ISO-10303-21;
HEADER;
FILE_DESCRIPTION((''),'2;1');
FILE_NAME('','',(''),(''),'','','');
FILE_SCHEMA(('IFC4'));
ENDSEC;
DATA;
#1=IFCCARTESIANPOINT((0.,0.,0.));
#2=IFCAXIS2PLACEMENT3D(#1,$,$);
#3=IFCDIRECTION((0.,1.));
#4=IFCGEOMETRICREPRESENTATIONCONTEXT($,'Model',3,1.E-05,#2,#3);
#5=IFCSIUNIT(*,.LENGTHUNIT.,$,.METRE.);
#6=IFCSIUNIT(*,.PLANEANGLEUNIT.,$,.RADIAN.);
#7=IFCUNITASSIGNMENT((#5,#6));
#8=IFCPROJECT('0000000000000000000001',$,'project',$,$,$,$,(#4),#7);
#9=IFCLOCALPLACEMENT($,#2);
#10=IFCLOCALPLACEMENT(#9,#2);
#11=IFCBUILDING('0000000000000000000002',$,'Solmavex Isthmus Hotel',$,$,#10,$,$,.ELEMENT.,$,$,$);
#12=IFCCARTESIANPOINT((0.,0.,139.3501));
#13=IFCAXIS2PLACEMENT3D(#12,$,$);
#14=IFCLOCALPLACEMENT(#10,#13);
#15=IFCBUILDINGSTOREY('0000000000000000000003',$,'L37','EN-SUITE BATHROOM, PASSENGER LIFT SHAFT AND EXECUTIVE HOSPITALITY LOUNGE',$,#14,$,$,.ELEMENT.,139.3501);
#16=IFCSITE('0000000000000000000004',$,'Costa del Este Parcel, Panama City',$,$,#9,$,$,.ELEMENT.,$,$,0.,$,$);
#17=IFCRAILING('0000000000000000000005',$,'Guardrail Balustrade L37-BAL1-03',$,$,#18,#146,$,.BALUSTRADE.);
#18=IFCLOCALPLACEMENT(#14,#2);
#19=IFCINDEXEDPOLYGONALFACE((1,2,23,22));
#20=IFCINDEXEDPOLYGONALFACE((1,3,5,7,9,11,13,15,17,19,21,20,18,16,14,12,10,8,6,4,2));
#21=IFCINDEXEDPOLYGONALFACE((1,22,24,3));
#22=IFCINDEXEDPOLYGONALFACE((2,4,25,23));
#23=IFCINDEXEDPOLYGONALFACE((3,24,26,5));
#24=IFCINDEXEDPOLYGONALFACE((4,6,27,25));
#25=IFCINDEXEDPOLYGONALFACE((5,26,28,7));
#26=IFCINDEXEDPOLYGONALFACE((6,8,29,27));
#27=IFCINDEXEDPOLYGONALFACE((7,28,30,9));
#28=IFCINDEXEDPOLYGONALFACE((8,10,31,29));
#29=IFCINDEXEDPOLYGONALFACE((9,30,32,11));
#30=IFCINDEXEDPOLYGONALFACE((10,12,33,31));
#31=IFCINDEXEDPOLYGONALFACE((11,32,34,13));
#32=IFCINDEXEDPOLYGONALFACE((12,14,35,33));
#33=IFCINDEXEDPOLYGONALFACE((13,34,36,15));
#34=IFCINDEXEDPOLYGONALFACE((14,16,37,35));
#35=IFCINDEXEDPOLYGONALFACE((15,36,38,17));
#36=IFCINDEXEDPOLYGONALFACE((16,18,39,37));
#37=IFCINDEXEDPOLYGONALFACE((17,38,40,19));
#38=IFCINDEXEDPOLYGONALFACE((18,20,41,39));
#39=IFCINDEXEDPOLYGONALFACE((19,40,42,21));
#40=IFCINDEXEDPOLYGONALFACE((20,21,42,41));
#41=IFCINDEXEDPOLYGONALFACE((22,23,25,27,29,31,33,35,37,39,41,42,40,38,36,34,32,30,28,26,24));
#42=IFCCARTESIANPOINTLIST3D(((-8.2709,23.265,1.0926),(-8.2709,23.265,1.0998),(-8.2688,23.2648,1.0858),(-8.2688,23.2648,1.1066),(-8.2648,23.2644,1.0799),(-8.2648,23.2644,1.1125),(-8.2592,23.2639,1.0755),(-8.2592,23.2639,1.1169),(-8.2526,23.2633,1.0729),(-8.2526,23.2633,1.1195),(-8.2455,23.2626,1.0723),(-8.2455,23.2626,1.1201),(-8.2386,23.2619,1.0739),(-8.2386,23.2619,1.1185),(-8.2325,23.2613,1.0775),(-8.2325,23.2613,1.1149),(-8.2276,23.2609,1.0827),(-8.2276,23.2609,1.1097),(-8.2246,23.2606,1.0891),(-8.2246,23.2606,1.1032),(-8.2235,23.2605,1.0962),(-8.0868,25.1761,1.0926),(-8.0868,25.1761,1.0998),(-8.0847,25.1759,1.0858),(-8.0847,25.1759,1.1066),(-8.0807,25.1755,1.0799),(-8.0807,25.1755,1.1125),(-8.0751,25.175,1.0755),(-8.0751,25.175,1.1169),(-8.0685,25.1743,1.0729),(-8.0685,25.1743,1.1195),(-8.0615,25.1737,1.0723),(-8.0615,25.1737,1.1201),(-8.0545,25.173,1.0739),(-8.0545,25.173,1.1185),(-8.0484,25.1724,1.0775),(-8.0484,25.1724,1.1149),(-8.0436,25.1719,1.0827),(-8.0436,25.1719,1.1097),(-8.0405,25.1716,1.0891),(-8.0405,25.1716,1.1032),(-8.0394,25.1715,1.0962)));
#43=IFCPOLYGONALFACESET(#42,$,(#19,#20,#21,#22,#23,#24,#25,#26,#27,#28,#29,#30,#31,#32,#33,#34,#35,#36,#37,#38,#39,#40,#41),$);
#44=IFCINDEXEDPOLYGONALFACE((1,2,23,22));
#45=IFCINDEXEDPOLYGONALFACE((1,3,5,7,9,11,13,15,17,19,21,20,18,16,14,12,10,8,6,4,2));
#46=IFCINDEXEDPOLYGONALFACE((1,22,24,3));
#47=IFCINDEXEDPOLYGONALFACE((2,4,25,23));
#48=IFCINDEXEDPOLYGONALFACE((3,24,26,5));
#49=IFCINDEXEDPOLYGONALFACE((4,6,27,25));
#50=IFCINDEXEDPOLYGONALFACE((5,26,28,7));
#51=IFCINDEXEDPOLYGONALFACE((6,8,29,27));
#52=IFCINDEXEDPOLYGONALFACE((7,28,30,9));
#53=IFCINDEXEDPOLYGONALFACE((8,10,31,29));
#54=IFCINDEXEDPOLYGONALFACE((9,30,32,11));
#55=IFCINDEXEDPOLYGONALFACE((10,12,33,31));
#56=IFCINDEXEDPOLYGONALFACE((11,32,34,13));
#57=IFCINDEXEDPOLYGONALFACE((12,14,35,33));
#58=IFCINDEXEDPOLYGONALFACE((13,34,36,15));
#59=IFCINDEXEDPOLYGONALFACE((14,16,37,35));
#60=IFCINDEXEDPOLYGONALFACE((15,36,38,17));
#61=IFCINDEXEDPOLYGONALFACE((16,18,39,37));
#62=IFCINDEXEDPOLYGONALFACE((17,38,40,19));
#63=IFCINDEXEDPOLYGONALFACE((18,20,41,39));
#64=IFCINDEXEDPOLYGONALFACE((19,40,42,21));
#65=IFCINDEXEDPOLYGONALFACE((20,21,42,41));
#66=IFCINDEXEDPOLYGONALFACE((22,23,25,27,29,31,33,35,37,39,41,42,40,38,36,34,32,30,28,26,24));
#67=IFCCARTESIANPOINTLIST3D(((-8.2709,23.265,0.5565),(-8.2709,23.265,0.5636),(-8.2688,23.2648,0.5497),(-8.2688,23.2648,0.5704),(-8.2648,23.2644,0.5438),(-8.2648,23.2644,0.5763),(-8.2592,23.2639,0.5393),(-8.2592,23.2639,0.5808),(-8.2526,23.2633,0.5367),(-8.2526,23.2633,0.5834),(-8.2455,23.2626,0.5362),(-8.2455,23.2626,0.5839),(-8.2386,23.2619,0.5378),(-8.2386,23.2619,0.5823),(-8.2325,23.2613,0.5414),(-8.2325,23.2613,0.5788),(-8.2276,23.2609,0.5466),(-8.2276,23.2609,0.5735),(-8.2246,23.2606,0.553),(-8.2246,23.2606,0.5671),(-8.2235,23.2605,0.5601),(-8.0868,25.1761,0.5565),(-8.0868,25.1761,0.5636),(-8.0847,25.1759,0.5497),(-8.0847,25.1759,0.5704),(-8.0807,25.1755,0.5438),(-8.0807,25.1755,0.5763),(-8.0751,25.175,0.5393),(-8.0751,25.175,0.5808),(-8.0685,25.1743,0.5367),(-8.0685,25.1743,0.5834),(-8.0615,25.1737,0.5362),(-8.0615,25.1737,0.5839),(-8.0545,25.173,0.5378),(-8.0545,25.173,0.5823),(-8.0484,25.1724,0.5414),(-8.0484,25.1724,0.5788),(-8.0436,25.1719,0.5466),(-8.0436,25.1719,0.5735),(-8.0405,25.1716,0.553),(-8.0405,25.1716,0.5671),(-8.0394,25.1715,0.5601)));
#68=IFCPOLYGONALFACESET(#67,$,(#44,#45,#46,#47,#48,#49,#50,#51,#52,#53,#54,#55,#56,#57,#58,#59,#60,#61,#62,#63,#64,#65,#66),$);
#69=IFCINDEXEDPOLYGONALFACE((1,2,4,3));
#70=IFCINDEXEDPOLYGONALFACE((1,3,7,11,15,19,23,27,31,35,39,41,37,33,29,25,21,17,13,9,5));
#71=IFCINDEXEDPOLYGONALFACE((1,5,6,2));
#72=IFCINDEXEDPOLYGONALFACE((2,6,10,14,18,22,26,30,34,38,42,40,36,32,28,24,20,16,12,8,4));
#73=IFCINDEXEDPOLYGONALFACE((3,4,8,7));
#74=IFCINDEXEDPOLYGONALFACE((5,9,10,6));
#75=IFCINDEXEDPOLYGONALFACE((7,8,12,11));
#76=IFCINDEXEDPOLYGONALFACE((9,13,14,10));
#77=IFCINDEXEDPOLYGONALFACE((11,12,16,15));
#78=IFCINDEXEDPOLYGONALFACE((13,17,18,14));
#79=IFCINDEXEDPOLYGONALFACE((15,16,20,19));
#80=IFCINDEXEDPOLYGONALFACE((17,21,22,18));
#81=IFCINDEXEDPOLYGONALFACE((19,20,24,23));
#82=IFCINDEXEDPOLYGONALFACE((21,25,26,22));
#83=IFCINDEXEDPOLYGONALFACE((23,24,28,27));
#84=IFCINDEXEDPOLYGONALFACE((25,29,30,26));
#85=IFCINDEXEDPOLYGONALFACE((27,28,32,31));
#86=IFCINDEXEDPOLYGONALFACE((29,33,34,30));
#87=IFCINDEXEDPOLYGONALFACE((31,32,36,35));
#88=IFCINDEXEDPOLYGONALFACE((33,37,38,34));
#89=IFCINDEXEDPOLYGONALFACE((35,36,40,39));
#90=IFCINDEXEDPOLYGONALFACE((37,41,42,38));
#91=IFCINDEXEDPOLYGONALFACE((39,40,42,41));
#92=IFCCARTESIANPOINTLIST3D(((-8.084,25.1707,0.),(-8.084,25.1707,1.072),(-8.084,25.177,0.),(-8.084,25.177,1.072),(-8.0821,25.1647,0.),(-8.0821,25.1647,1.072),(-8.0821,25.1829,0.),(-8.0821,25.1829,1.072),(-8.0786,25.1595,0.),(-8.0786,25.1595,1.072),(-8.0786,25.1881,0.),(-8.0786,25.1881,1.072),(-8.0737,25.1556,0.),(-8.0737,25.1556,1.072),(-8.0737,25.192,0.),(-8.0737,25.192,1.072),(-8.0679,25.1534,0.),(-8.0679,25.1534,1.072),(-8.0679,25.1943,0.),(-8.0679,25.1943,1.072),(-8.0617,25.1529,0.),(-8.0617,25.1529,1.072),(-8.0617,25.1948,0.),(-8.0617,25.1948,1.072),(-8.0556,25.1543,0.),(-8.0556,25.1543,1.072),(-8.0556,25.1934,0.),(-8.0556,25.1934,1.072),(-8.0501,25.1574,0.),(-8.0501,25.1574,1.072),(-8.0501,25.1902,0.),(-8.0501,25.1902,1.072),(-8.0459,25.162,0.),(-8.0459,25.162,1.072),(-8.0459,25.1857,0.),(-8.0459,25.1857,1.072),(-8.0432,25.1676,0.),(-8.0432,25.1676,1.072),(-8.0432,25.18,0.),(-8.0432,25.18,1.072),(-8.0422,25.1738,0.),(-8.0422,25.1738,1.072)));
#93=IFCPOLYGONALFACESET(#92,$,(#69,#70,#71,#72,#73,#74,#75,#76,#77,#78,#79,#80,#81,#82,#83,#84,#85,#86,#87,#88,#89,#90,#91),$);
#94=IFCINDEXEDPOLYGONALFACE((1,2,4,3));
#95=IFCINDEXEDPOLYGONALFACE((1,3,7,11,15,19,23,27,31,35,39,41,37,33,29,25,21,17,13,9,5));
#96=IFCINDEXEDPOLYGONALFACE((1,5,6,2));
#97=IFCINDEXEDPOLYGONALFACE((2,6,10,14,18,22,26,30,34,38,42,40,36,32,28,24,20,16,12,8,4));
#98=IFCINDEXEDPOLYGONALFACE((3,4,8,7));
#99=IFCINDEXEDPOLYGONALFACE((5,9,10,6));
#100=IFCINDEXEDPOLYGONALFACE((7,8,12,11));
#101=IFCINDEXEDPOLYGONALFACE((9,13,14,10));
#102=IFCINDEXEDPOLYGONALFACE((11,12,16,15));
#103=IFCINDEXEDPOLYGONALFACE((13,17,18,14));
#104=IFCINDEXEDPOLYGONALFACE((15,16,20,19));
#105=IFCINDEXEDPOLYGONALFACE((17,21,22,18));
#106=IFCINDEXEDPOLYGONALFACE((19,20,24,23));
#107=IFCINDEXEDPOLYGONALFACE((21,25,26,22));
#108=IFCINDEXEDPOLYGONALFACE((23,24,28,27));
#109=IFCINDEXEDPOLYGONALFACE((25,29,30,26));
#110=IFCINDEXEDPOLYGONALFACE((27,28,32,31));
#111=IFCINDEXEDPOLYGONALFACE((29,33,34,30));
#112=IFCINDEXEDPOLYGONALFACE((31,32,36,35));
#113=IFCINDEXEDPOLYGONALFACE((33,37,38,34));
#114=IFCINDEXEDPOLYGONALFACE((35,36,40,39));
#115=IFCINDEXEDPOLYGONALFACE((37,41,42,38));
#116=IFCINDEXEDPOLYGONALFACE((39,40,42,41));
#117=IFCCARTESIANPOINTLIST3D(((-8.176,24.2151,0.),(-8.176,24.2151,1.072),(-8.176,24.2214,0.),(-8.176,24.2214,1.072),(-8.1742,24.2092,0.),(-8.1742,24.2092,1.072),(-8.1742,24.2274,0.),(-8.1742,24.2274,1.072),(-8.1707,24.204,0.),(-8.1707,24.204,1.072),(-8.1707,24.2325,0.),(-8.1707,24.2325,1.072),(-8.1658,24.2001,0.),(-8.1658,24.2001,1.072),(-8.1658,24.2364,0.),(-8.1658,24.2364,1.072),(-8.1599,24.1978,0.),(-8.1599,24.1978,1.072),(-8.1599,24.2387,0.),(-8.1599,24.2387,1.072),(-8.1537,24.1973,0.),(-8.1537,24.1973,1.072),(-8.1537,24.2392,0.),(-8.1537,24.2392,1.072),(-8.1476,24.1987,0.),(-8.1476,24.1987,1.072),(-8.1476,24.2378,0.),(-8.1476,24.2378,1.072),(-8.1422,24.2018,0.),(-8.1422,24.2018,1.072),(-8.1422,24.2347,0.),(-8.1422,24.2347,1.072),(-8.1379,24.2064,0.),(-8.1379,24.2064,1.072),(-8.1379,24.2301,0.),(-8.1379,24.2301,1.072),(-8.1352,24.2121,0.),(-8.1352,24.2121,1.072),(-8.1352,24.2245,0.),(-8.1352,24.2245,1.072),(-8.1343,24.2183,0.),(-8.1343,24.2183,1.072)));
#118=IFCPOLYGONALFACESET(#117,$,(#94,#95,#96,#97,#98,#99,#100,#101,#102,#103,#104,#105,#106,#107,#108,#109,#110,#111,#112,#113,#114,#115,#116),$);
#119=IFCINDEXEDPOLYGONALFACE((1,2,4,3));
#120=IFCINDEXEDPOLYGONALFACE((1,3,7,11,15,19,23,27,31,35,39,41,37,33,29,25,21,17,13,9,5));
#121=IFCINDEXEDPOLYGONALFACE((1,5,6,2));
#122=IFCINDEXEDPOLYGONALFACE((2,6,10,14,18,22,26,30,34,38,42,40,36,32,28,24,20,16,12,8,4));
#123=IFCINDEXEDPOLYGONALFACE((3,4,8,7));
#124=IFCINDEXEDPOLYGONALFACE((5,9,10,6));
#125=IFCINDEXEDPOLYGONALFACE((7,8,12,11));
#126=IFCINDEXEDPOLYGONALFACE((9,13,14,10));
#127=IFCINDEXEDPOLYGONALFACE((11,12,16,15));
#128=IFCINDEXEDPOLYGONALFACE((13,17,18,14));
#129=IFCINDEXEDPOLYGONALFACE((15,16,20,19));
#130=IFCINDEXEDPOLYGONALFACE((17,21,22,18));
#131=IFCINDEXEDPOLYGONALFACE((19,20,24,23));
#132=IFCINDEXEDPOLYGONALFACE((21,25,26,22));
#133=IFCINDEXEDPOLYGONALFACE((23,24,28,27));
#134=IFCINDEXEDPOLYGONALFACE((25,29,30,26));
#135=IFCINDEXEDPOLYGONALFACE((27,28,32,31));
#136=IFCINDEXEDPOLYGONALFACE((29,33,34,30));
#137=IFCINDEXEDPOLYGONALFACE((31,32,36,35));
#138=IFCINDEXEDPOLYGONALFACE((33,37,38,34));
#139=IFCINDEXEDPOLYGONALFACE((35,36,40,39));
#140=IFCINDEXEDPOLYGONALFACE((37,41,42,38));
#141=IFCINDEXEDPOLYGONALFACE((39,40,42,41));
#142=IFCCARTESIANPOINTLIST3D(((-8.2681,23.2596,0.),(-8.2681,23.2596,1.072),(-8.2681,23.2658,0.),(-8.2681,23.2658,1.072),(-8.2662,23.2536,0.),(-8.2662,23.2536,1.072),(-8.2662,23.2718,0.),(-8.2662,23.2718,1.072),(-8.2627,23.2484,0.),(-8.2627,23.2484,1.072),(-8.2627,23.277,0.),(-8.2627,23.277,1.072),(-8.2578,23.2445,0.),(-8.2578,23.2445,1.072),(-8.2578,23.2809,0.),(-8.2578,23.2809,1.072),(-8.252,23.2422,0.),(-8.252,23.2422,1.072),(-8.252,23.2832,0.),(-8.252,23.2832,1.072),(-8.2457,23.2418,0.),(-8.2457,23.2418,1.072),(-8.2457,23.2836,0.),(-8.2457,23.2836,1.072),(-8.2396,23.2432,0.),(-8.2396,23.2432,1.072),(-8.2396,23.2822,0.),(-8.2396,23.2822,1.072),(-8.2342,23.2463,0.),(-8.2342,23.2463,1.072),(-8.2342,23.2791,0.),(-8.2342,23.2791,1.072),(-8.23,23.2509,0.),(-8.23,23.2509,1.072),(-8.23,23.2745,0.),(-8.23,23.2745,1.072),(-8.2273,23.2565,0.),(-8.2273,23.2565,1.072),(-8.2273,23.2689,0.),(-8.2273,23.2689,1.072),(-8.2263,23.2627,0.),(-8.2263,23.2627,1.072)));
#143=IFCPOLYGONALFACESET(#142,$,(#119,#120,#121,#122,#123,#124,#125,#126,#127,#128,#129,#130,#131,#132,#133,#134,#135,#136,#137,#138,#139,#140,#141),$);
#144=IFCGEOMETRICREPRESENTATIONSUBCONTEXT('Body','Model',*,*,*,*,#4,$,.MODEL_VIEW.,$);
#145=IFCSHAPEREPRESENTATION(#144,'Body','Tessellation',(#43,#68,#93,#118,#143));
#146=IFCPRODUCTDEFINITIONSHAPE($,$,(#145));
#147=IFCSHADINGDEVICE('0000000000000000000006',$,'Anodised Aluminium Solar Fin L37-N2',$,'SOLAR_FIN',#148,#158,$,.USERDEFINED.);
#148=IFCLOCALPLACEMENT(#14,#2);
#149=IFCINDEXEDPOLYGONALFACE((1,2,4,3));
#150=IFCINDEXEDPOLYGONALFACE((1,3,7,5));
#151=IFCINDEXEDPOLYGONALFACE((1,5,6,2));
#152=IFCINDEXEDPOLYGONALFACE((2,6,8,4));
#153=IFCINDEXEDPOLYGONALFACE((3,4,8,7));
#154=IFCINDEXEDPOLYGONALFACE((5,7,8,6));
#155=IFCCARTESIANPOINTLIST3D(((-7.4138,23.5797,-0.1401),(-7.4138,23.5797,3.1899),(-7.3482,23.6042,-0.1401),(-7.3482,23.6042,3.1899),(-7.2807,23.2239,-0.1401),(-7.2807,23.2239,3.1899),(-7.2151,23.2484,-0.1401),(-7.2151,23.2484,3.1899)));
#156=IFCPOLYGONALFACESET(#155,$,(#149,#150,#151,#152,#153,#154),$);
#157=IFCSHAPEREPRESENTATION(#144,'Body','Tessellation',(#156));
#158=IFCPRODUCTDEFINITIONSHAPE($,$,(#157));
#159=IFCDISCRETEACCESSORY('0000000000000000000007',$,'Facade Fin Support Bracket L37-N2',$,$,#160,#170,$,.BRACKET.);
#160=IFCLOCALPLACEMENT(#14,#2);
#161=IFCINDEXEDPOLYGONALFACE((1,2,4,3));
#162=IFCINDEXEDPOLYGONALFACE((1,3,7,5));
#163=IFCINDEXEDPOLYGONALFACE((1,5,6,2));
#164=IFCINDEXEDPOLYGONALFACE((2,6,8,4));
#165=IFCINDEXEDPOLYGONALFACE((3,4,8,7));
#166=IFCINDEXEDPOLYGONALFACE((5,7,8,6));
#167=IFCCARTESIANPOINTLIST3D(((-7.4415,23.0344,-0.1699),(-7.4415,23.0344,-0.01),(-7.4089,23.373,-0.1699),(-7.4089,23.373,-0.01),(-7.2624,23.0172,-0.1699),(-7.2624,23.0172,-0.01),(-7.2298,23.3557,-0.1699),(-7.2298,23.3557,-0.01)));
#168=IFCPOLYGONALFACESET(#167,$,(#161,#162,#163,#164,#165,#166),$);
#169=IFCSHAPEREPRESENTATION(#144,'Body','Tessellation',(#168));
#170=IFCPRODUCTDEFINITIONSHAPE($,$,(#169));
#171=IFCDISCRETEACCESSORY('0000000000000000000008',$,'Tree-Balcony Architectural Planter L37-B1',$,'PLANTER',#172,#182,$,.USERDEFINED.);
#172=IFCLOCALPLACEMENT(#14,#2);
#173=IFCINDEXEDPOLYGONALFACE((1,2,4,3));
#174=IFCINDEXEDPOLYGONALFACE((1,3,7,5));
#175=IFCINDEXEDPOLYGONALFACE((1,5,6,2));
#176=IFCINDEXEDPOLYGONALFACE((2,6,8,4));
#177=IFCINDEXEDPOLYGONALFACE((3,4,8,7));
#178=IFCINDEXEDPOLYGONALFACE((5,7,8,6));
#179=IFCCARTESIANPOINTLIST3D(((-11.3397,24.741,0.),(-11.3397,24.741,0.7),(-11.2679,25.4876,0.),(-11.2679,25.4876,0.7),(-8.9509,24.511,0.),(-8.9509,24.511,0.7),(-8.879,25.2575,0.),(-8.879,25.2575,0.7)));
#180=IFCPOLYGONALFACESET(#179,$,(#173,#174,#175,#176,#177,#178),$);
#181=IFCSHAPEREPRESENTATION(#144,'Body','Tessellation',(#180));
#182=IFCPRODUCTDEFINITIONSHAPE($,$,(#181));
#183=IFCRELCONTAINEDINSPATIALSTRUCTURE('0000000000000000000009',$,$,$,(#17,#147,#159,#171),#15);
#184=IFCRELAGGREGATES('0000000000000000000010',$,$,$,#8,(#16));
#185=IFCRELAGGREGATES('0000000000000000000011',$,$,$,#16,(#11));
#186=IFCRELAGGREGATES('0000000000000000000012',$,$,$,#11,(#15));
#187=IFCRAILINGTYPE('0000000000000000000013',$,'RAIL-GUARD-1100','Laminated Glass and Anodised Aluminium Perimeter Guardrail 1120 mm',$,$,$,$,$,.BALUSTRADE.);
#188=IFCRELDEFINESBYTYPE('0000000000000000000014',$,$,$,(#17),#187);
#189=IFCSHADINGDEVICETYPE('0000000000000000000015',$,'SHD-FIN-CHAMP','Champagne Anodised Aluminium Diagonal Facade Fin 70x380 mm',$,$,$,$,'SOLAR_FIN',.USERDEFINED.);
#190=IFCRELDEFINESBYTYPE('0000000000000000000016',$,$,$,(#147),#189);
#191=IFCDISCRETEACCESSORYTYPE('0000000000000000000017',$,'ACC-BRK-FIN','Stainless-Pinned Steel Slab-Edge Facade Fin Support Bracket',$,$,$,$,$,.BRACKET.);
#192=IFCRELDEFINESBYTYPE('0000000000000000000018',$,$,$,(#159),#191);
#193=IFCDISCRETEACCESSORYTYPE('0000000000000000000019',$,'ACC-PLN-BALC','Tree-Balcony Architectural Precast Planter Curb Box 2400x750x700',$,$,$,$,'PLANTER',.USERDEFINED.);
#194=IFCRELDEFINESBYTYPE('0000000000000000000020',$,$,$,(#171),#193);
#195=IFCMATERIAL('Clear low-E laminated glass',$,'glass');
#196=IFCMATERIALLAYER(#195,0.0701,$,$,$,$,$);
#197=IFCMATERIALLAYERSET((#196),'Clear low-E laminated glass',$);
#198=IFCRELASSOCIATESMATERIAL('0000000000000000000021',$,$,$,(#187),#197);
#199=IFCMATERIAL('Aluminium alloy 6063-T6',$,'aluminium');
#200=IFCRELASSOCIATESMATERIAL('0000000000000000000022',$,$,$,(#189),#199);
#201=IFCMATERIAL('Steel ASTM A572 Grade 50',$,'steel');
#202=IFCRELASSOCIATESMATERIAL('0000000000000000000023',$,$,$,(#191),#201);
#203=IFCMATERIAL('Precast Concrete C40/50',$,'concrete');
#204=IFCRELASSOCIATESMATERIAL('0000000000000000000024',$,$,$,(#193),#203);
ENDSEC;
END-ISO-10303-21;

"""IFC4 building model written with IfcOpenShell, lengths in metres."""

from ifc_helpers import new_model, si_unit, direction, frame, origin, origin_2d, place, context, subcontext, project, spatial, rectangle, circle, extrude, material, layer, layer_set, type_object, element, save


model = new_model("IFC4")

# Units and contexts
model_context = context("Model", 3, precision=1e-05, world=origin(), true_north=direction((0.0, 1.0)))
body_context = subcontext(model_context, "Body", "Model", "MODEL_VIEW")
ifc_project = project(units=[si_unit("LENGTHUNIT", "METRE"), si_unit("PLANEANGLEUNIT", "RADIAN")], contexts=[model_context])

# Site, building, storey
site_placement = place(None, origin())
site = spatial("IfcSite", under=ifc_project, at=site_placement, Name="Costa del Este Parcel, Panama City", CompositionType="ELEMENT", RefElevation=0.0)
building_placement = place(site_placement, origin())
building = spatial("IfcBuilding", under=site, at=building_placement, Name="Solmavex Isthmus Hotel", CompositionType="ELEMENT")
storey_placement = place(building_placement, frame((0.0, 0.0, 139.3501)))
storey = spatial("IfcBuildingStorey", under=building, at=storey_placement, Name="L37", Description="EN-SUITE BATHROOM, PASSENGER LIFT SHAFT AND EXECUTIVE HOSPITALITY LOUNGE", CompositionType="ELEMENT", Elevation=139.3501)

# Shared definitions
ifc_material_1 = material(Name="Aluminium alloy 6063-T6", Category="aluminium")

# Shared definitions
ifc_material_2 = material(Name="Clear low-E laminated glass", Category="glass")

# Shared definitions
ifc_material_3 = material(Name="Precast Concrete C40/50", Category="concrete")

# Railing
ifc_layer_1 = layer(ifc_material_2, 0.0701)
ifc_layer_set_1 = layer_set([ifc_layer_1], Name="Clear low-E laminated glass")
railing_type = type_object("IfcRailingType", Name="RAIL-GUARD-1100", Description="Laminated Glass and Anodised Aluminium Perimeter Guardrail 1120 mm", PredefinedType="BALUSTRADE", material=ifc_layer_set_1)
railing_1_placement = place(storey_placement, frame((-8.0632, 25.1738, 0.0)))
element("IfcRailing", 1, at=railing_1_placement, inside=storey, type_object=railing_type, Name="Guardrail Balustrade L37-BAL1-03", PredefinedType="BALUSTRADE", context=body_context, shape_type="SweptSolid", body=[
    extrude(circle(Radius=0.0239, at=origin_2d()), frame((0.0, 0.0, 1.0962), z_axis=(-0.095877, -0.995393, 0.0), x_axis=(0.995393, -0.095877, 0.0)), (0.0, 0.0, 1.0), 1.9199),
    extrude(circle(Radius=0.0239, at=origin_2d()), frame((0.0, 0.0, 0.5601), z_axis=(-0.095877, -0.995393, 0.0), x_axis=(0.995393, -0.095877, 0.0)), (0.0, 0.0, 1.0), 1.9199),
    extrude(circle(Radius=0.021, at=origin_2d()), origin(), (0.0, 0.0, 1.0), 1.072),
    extrude(circle(Radius=0.021, at=origin_2d()), frame((-0.092, -0.9556, 0.0)), (0.0, 0.0, 1.0), 1.072),
    extrude(circle(Radius=0.021, at=origin_2d()), frame((-0.1841, -1.9111, 0.0)), (0.0, 0.0, 1.0), 1.072),
])

# Shading device
shading_device_type = type_object("IfcShadingDeviceType", Name="SHD-FIN-CHAMP", Description="Champagne Anodised Aluminium Diagonal Facade Fin 70x380 mm", ElementType="SOLAR_FIN", PredefinedType="USERDEFINED", material=ifc_material_1)
shading_device_placement = place(storey_placement, frame((-7.3145, 23.4141, -0.1401), z_axis=(0.0, 0.0, 1.0), x_axis=(-0.350207, 0.936672, 0.0)))
element("IfcShadingDevice", 2, at=shading_device_placement, inside=storey, type_object=shading_device_type, Name="Anodised Aluminium Solar Fin L37-N2", ObjectType="SOLAR_FIN", PredefinedType="USERDEFINED", context=body_context, shape_type="SweptSolid", body=[
    extrude(rectangle(XDim=0.3799, YDim=0.0701, at=origin_2d()), origin(), (0.0, 0.0, 1.0), 3.3301),
])

# Discrete accessories
ifc_material_4 = material(Name="Steel ASTM A572 Grade 50", Category="steel")
discrete_accessory_type_1 = type_object("IfcDiscreteAccessoryType", Name="ACC-BRK-FIN", Description="Stainless-Pinned Steel Slab-Edge Facade Fin Support Bracket", PredefinedType="BRACKET", material=ifc_material_4)
discrete_accessory_1_placement = place(storey_placement, frame((-7.3357, 23.1951, -0.1699), z_axis=(0.0, 0.0, 1.0), x_axis=(0.095846, 0.995396, 0.0)))
element("IfcDiscreteAccessory", 3, at=discrete_accessory_1_placement, inside=storey, type_object=discrete_accessory_type_1, Name="Facade Fin Support Bracket L37-N2", PredefinedType="BRACKET", context=body_context, shape_type="SweptSolid", body=[
    extrude(rectangle(XDim=0.3401, YDim=0.1799, at=origin_2d()), origin(), (0.0, 0.0, 1.0), 0.1599),
])
discrete_accessory_type_2 = type_object("IfcDiscreteAccessoryType", Name="ACC-PLN-BALC", Description="Tree-Balcony Architectural Precast Planter Curb Box 2400x750x700", ElementType="PLANTER", PredefinedType="USERDEFINED", material=ifc_material_3)
discrete_accessory_2_placement = place(storey_placement, frame((-10.1094, 24.9993, 0.0), z_axis=(0.0, 0.0, 1.0), x_axis=(0.995396, -0.095846, 0.0)))
element("IfcDiscreteAccessory", 4, at=discrete_accessory_2_placement, inside=storey, type_object=discrete_accessory_type_2, Name="Tree-Balcony Architectural Planter L37-B1", ObjectType="PLANTER", PredefinedType="USERDEFINED", context=body_context, shape_type="SweptSolid", body=[
    extrude(rectangle(XDim=2.3999, YDim=0.75, at=origin_2d()), origin(), (0.0, 0.0, 1.0), 0.7),
])

save(model, "model.ifc")
